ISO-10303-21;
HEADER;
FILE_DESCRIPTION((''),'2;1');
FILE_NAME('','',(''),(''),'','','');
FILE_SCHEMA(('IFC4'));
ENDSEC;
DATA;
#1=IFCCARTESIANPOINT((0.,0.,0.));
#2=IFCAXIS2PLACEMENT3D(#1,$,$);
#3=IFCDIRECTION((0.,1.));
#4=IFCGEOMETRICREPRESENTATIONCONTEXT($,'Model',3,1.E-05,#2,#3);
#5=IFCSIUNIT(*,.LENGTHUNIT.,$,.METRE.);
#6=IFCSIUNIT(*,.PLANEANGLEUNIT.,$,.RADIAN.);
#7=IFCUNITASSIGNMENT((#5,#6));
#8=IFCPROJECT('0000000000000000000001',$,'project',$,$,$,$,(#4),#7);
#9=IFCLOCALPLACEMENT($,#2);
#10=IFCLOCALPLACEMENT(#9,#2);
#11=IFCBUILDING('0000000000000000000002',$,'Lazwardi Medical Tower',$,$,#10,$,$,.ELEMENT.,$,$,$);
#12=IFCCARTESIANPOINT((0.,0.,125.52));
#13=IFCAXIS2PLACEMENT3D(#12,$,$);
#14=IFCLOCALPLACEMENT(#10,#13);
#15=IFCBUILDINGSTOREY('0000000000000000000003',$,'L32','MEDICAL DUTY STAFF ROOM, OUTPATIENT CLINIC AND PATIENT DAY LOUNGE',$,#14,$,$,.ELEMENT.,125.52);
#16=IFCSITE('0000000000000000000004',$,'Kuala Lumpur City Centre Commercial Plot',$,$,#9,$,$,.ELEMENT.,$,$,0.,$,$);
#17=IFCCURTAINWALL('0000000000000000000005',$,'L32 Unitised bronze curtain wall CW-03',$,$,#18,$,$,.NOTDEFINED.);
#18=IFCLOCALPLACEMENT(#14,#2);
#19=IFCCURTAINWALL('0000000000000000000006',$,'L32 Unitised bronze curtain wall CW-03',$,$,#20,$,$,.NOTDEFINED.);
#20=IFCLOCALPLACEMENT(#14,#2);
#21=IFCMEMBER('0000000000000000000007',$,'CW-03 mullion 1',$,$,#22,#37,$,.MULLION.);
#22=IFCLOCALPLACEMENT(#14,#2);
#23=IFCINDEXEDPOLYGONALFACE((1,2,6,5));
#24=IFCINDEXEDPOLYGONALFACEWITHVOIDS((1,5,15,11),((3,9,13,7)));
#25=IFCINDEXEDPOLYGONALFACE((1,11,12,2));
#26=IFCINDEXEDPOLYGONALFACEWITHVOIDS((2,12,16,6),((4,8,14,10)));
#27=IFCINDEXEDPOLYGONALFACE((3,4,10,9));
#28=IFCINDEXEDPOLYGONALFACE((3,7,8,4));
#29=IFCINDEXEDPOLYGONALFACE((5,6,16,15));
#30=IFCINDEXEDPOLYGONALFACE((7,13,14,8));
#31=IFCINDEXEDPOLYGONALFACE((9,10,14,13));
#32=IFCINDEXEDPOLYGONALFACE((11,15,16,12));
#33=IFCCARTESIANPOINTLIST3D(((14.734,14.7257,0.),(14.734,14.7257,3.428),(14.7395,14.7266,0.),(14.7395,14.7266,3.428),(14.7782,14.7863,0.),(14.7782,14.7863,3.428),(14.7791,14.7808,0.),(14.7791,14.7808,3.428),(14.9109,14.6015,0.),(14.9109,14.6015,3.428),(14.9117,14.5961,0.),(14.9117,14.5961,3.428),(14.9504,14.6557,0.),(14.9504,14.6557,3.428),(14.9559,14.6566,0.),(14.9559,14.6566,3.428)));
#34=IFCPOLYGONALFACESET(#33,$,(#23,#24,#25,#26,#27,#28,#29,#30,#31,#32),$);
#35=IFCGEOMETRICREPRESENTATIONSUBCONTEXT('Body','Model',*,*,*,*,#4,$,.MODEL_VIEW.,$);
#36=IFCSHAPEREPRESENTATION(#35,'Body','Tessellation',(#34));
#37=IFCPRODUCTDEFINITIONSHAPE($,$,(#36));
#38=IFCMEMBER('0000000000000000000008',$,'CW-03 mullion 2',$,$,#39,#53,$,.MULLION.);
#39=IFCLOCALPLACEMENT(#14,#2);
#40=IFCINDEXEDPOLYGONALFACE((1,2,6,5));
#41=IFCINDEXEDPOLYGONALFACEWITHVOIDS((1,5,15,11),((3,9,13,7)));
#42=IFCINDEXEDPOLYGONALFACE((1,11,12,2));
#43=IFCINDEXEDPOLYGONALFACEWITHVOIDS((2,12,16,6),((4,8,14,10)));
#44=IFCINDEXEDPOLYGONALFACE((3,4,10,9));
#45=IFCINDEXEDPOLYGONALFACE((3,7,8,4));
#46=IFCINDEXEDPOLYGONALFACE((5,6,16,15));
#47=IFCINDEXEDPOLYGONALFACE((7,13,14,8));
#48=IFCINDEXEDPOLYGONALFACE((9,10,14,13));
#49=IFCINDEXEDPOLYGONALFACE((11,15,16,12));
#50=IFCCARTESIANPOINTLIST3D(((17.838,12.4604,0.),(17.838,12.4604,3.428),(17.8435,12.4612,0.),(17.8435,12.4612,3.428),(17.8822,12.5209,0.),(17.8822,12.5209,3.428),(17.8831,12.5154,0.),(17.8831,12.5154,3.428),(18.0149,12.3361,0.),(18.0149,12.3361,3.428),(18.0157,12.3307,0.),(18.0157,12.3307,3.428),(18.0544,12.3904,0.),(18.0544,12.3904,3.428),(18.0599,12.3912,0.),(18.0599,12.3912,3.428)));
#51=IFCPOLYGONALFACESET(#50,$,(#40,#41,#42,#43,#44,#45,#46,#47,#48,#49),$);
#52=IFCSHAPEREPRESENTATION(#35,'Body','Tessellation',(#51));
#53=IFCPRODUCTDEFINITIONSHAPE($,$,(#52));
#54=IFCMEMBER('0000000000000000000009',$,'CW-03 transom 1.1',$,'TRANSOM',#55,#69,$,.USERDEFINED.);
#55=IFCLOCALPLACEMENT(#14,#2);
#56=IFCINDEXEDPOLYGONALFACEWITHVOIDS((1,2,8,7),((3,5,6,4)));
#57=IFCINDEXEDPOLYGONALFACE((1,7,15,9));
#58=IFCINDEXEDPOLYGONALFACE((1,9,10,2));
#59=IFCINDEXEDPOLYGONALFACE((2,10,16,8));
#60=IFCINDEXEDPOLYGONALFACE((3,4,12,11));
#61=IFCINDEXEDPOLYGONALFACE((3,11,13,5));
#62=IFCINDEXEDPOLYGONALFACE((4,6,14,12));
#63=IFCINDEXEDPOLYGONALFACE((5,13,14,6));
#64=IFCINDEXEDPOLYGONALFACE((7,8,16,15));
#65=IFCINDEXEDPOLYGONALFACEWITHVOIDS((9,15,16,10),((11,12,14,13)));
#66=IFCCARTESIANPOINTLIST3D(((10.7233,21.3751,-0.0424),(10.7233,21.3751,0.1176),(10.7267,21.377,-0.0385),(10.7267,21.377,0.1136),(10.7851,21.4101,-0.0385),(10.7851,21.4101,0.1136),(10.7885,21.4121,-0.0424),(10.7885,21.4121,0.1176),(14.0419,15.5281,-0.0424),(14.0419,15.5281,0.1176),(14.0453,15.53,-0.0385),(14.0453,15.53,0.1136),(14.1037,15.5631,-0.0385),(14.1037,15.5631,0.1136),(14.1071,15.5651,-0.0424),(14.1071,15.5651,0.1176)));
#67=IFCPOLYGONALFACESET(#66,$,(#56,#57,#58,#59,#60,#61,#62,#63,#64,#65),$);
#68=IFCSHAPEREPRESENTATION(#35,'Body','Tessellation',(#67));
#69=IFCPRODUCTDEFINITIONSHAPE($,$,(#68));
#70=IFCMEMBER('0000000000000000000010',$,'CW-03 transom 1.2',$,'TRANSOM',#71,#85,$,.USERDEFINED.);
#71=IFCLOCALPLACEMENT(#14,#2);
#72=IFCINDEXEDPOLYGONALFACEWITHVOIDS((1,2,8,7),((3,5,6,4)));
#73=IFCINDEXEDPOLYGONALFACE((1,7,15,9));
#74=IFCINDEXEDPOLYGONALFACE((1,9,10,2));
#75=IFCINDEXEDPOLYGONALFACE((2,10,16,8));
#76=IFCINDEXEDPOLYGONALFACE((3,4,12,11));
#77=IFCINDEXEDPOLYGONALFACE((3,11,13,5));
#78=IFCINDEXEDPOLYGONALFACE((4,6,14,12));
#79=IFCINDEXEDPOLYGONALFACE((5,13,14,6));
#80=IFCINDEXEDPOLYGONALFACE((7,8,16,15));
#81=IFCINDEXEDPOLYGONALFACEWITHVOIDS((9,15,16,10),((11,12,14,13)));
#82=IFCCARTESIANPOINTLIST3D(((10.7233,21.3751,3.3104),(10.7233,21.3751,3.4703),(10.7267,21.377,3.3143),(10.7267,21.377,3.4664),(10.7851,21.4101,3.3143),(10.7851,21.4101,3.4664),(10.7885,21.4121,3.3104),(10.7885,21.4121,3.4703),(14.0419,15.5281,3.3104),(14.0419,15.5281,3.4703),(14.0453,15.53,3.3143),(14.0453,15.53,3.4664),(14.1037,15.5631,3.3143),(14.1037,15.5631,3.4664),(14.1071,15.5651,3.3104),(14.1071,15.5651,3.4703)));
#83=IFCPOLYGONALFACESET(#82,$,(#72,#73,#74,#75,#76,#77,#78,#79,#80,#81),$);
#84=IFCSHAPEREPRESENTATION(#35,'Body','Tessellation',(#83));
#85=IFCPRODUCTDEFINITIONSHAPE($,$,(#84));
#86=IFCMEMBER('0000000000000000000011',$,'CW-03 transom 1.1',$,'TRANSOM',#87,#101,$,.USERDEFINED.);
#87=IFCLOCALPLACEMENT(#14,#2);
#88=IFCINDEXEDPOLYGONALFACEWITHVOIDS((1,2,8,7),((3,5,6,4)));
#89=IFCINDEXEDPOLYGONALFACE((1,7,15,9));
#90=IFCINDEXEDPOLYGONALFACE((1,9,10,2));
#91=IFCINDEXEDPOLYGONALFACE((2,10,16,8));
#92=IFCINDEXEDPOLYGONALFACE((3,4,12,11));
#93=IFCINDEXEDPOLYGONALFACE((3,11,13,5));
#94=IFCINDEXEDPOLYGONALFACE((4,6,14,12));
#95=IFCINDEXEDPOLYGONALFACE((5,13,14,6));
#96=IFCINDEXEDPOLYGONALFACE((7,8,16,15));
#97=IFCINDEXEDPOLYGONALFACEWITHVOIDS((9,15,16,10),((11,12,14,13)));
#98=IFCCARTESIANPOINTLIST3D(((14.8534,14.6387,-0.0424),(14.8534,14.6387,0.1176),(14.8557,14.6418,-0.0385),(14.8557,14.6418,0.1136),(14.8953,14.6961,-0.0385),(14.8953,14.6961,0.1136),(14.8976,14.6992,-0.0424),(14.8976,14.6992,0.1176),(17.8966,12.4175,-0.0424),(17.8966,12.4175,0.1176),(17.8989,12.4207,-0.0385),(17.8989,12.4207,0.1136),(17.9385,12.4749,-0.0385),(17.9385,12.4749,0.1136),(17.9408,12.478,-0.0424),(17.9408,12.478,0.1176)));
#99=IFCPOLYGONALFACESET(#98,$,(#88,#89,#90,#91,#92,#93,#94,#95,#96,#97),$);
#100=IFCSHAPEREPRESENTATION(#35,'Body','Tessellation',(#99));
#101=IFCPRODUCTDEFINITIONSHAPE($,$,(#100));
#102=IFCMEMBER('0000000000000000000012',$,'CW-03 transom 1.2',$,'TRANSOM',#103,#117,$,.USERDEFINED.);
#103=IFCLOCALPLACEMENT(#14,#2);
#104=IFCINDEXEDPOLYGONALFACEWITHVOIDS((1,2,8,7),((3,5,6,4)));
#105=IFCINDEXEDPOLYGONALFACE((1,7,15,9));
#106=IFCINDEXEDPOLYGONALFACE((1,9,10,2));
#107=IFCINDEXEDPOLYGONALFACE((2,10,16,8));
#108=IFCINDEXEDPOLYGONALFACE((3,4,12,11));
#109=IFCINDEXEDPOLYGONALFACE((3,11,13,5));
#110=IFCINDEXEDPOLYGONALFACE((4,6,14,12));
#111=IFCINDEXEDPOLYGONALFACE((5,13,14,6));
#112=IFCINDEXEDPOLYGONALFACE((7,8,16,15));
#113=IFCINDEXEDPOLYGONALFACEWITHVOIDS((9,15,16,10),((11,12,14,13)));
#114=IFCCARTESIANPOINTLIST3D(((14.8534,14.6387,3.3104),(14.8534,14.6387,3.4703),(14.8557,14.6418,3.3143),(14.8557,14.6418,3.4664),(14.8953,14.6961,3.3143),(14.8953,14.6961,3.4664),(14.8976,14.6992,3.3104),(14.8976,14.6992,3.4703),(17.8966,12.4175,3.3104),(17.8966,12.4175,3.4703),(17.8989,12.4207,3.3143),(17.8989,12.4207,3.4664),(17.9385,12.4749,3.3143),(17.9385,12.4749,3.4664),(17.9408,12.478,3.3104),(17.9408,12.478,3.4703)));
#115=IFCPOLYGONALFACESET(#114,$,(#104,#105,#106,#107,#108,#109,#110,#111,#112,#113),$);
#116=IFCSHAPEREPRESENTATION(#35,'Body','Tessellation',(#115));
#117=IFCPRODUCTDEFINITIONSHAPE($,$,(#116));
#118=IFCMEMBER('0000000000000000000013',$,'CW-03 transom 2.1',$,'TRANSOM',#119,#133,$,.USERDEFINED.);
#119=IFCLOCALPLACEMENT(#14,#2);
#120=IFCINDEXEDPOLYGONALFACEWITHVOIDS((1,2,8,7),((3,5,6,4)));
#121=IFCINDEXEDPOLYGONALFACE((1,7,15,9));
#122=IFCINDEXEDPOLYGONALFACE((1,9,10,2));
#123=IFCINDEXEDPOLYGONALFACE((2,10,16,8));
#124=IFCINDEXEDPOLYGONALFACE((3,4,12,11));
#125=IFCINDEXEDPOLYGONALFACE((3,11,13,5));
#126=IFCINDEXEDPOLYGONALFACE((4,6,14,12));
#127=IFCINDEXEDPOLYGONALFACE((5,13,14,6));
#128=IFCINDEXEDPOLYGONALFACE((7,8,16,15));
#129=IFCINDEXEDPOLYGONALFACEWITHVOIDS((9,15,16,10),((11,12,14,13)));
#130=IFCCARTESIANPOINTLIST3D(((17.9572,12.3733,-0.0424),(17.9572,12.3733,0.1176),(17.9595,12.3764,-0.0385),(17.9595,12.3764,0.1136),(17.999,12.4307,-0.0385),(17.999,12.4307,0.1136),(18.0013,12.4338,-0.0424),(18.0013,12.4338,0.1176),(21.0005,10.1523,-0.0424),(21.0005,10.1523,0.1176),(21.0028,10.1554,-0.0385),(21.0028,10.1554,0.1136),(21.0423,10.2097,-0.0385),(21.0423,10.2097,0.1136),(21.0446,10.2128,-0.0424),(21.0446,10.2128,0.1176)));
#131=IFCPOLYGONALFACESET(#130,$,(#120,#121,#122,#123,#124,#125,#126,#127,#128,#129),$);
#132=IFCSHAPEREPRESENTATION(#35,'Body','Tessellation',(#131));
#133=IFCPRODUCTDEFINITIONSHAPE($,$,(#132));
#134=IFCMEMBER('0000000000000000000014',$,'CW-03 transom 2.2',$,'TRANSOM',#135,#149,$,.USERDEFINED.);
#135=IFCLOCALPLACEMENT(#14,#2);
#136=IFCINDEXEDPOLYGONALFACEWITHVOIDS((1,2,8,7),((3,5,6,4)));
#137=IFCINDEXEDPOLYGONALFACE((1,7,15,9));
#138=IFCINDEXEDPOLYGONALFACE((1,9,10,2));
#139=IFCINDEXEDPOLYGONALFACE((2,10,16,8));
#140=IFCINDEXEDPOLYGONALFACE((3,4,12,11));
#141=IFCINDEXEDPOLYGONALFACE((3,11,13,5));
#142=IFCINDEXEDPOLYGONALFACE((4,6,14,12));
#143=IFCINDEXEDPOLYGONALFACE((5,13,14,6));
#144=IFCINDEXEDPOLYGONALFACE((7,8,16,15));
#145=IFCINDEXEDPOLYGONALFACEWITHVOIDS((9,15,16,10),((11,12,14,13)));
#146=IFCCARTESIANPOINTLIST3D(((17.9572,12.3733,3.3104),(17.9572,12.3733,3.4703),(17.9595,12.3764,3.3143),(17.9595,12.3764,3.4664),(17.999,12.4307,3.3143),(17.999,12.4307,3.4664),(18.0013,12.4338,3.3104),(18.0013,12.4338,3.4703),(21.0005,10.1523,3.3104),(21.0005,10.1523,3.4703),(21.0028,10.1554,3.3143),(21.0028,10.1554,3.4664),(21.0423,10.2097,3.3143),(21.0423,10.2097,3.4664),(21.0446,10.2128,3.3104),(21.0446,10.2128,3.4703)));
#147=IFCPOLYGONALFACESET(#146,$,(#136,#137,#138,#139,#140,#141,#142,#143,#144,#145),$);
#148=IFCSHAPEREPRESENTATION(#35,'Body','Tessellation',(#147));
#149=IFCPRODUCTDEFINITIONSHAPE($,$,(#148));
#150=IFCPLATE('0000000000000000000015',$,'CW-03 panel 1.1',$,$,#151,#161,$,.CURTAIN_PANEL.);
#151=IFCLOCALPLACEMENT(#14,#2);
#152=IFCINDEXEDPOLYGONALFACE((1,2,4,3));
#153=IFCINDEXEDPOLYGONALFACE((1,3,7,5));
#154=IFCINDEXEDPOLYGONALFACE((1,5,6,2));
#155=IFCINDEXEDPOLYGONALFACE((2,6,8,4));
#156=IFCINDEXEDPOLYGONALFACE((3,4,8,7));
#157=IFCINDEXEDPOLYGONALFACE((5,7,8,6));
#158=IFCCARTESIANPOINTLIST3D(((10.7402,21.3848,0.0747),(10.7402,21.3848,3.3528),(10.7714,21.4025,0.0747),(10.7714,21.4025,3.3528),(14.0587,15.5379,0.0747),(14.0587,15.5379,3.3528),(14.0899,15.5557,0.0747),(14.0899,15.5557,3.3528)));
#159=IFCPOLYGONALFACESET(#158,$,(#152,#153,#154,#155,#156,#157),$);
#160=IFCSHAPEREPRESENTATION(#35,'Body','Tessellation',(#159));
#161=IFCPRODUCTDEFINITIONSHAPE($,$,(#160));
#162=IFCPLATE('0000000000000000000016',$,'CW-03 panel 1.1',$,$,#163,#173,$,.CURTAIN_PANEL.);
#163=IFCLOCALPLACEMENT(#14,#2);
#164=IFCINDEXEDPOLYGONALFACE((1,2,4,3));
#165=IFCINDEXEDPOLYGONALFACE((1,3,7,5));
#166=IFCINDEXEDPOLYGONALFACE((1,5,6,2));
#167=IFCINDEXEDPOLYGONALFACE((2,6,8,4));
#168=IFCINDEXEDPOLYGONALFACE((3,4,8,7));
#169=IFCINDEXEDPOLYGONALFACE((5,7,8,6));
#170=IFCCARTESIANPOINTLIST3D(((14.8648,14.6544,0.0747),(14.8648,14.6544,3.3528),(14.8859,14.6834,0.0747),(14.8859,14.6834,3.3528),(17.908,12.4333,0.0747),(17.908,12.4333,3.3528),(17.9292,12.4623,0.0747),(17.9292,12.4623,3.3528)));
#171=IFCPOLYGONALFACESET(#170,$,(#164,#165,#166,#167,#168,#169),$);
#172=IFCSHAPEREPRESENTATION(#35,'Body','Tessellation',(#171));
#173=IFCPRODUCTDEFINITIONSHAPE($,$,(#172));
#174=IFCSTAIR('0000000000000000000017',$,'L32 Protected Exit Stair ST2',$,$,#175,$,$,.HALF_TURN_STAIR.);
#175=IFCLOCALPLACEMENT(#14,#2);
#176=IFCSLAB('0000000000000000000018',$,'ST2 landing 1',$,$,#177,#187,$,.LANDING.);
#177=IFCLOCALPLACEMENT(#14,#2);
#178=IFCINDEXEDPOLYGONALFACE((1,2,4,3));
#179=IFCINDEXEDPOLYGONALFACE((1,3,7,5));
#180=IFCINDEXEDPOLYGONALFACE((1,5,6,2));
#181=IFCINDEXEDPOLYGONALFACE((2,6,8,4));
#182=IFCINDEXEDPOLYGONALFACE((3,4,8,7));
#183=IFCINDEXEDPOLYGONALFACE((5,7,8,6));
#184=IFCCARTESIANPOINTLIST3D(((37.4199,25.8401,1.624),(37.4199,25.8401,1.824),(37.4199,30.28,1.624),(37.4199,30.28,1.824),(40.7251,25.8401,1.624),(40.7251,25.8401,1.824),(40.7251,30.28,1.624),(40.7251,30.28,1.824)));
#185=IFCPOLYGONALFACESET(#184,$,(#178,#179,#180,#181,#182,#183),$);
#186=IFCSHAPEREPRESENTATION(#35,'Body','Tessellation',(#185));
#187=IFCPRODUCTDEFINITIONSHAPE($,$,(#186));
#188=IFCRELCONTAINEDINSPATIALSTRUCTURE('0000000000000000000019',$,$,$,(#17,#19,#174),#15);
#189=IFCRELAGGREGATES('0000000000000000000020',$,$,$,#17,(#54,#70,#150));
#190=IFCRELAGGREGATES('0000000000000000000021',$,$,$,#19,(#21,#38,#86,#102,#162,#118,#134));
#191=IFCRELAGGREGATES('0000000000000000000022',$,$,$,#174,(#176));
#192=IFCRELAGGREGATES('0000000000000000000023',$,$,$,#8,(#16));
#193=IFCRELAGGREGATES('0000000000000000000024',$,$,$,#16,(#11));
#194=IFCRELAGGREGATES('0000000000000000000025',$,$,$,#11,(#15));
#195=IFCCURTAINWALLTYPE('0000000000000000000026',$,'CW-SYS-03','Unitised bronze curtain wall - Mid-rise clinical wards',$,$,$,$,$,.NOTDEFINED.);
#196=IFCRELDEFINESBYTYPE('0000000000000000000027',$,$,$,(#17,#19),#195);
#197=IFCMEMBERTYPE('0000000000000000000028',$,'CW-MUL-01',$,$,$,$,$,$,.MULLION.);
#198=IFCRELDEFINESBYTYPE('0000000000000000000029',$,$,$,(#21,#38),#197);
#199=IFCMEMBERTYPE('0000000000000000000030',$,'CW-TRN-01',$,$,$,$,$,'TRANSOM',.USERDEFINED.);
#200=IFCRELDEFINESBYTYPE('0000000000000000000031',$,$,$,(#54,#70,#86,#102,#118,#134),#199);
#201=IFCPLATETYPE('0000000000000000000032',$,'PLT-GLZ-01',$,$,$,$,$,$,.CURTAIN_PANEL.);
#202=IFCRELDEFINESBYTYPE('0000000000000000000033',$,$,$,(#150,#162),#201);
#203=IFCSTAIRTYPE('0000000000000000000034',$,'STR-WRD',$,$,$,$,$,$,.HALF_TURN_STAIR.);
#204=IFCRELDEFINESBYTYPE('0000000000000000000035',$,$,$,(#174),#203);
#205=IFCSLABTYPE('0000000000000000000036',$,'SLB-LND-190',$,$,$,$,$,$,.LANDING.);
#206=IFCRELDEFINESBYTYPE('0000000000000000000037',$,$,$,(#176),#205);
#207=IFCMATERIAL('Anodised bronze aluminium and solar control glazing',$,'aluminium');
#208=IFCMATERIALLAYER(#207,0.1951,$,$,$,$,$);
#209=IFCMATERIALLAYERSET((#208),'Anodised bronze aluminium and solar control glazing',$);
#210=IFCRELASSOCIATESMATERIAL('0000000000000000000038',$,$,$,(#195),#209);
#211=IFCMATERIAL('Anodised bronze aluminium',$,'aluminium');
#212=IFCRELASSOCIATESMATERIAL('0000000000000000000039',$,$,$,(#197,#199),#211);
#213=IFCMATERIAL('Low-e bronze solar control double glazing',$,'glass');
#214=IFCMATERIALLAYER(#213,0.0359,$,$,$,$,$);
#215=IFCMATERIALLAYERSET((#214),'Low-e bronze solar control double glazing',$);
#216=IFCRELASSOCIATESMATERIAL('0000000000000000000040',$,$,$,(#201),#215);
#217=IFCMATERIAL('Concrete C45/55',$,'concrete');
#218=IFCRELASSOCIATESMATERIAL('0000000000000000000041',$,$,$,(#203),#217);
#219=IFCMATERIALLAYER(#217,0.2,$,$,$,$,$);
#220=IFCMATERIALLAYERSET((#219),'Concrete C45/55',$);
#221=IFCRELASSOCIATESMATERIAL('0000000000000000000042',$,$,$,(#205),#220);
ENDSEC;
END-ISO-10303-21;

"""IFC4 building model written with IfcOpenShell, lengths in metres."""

from ifc_helpers import new_model, si_unit, direction, frame, origin, origin_2d, place, context, subcontext, project, spatial, polyline, rectangle, hollow_rectangle, outline, extrude, material, layer, layer_set, material_profile, profile_set, type_object, element, aggregate, save


model = new_model("IFC4")

# Units and contexts
model_context = context("Model", 3, precision=1e-05, world=origin(), true_north=direction((0.0, 1.0)))
body_context = subcontext(model_context, "Body", "Model", "MODEL_VIEW")
ifc_project = project(units=[si_unit("LENGTHUNIT", "METRE"), si_unit("PLANEANGLEUNIT", "RADIAN")], contexts=[model_context])

# Site, building, storey
site_placement = place(None, origin())
site = spatial("IfcSite", under=ifc_project, at=site_placement, Name="Kuala Lumpur City Centre Commercial Plot", CompositionType="ELEMENT", RefElevation=0.0)
building_placement = place(site_placement, origin())
building = spatial("IfcBuilding", under=site, at=building_placement, Name="Lazwardi Medical Tower", CompositionType="ELEMENT")
storey_placement = place(building_placement, frame((0.0, 0.0, 125.52)))
storey = spatial("IfcBuildingStorey", under=building, at=storey_placement, Name="L32", Description="MEDICAL DUTY STAFF ROOM, OUTPATIENT CLINIC AND PATIENT DAY LOUNGE", CompositionType="ELEMENT", Elevation=125.52)

# Curtain walls, members
ifc_material_1 = material(Name="Anodised bronze aluminium and solar control glazing", Category="aluminium")
ifc_layer_1 = layer(ifc_material_1, 0.1951)
ifc_layer_set_1 = layer_set([ifc_layer_1], Name="Anodised bronze aluminium and solar control glazing")
curtain_wall_type = type_object("IfcCurtainWallType", Name="CW-SYS-03", Description="Unitised bronze curtain wall - Mid-rise clinical wards", PredefinedType="NOTDEFINED", material=ifc_layer_set_1)
curtain_wall_1_placement = place(storey_placement, origin())
curtain_wall_1 = element("IfcCurtainWall", 1, at=curtain_wall_1_placement, inside=storey, type_object=curtain_wall_type, Name="L32 Unitised bronze curtain wall CW-03", PredefinedType="NOTDEFINED")
ifc_material_2 = material(Name="Anodised bronze aluminium", Category="aluminium")
ifc_material_profile_1 = material_profile(ifc_material_2, hollow_rectangle(XDim=0.075, YDim=0.22, WallThickness=0.0039, at=origin_2d()), Name="ALU-MULLION 220x75x4")
ifc_profile_set_1 = profile_set([ifc_material_profile_1], Name="Anodised bronze aluminium")
member_type_1 = type_object("IfcMemberType", Name="CW-MUL-01", PredefinedType="MULLION", material=ifc_profile_set_1)
curtain_wall_2_placement = place(storey_placement, origin())
curtain_wall_2 = element("IfcCurtainWall", 2, at=curtain_wall_2_placement, inside=storey, type_object=curtain_wall_type, Name="L32 Unitised bronze curtain wall CW-03", PredefinedType="NOTDEFINED")
member_1_placement = place(storey_placement, frame((14.845, 14.6912, 0.0), z_axis=(0.0, 0.0, 1.0), x_axis=(0.589531, 0.807746, 0.0)))
member_1 = element("IfcMember", 3, at=member_1_placement, type_object=member_type_1, Name="CW-03 mullion 1", PredefinedType="MULLION", context=body_context, shape_type="SweptSolid", body=[
    extrude(hollow_rectangle(XDim=0.075, YDim=0.22, WallThickness=0.0039, at=origin_2d()), origin(), (0.0, 0.0, 1.0), 3.428),
])
member_2_placement = place(storey_placement, frame((17.949, 12.4258, 0.0), z_axis=(0.0, 0.0, 1.0), x_axis=(0.589531, 0.807746, 0.0)))
member_2 = element("IfcMember", 4, at=member_2_placement, type_object=member_type_1, Name="CW-03 mullion 2", PredefinedType="MULLION", context=body_context, shape_type="SweptSolid", body=[
    extrude(hollow_rectangle(XDim=0.075, YDim=0.22, WallThickness=0.0039, at=origin_2d()), origin(), (0.0, 0.0, 1.0), 3.428),
])

# Members
ifc_material_profile_2 = material_profile(ifc_material_2, hollow_rectangle(XDim=0.075, YDim=0.1599, WallThickness=0.0039, at=origin_2d()), Name="ALU-TRANSOM 160x75x4")
ifc_profile_set_2 = profile_set([ifc_material_profile_2], Name="Anodised bronze aluminium")
member_type_2 = type_object("IfcMemberType", Name="CW-TRN-01", ElementType="TRANSOM", PredefinedType="USERDEFINED", material=ifc_profile_set_2)
member_3_placement = place(storey_placement, frame((10.7559, 21.3936, 0.0376), z_axis=(0.493614, -0.869681, 0.0), x_axis=(0.869681, 0.493614, 0.0)))
member_3 = element("IfcMember", 5, at=member_3_placement, type_object=member_type_2, Name="CW-03 transom 1.1", ObjectType="TRANSOM", PredefinedType="USERDEFINED", context=body_context, shape_type="SweptSolid", body=[
    extrude(hollow_rectangle(XDim=0.075, YDim=0.1599, WallThickness=0.0039, at=origin_2d()), origin(), (0.0, 0.0, 1.0), 6.7231),
])
member_4_placement = place(storey_placement, frame((10.7559, 21.3936, 3.3904), z_axis=(0.493614, -0.869681, 0.0), x_axis=(0.869681, 0.493614, 0.0)))
member_4 = element("IfcMember", 6, at=member_4_placement, type_object=member_type_2, Name="CW-03 transom 1.2", ObjectType="TRANSOM", PredefinedType="USERDEFINED", context=body_context, shape_type="SweptSolid", body=[
    extrude(hollow_rectangle(XDim=0.075, YDim=0.1599, WallThickness=0.0039, at=origin_2d()), origin(), (0.0, 0.0, 1.0), 6.7231),
])
member_5_placement = place(storey_placement, frame((14.8755, 14.6689, 0.0376), z_axis=(0.807732, -0.58955, 0.0), x_axis=(0.58955, 0.807732, 0.0)))
member_5 = element("IfcMember", 7, at=member_5_placement, type_object=member_type_2, Name="CW-03 transom 1.1", ObjectType="TRANSOM", PredefinedType="USERDEFINED", context=body_context, shape_type="SweptSolid", body=[
    extrude(hollow_rectangle(XDim=0.075, YDim=0.1599, WallThickness=0.0039, at=origin_2d()), origin(), (0.0, 0.0, 1.0), 3.7676),
])
member_6_placement = place(storey_placement, frame((14.8755, 14.6689, 3.3904), z_axis=(0.807732, -0.58955, 0.0), x_axis=(0.58955, 0.807732, 0.0)))
member_6 = element("IfcMember", 8, at=member_6_placement, type_object=member_type_2, Name="CW-03 transom 1.2", ObjectType="TRANSOM", PredefinedType="USERDEFINED", context=body_context, shape_type="SweptSolid", body=[
    extrude(hollow_rectangle(XDim=0.075, YDim=0.1599, WallThickness=0.0039, at=origin_2d()), origin(), (0.0, 0.0, 1.0), 3.7676),
])
member_7_placement = place(storey_placement, frame((17.9792, 12.4036, 0.0376), z_axis=(0.807763, -0.589508, 0.0), x_axis=(0.589508, 0.807763, 0.0)))
member_7 = element("IfcMember", 9, at=member_7_placement, type_object=member_type_2, Name="CW-03 transom 2.1", ObjectType="TRANSOM", PredefinedType="USERDEFINED", context=body_context, shape_type="SweptSolid", body=[
    extrude(hollow_rectangle(XDim=0.075, YDim=0.1599, WallThickness=0.0039, at=origin_2d()), origin(), (0.0, 0.0, 1.0), 3.7676),
])
member_8_placement = place(storey_placement, frame((17.9792, 12.4036, 3.3904), z_axis=(0.807763, -0.589508, 0.0), x_axis=(0.589508, 0.807763, 0.0)))
member_8 = element("IfcMember", 10, at=member_8_placement, type_object=member_type_2, Name="CW-03 transom 2.2", ObjectType="TRANSOM", PredefinedType="USERDEFINED", context=body_context, shape_type="SweptSolid", body=[
    extrude(hollow_rectangle(XDim=0.075, YDim=0.1599, WallThickness=0.0039, at=origin_2d()), origin(), (0.0, 0.0, 1.0), 3.7676),
])

# Plates
ifc_material_3 = material(Name="Low-e bronze solar control double glazing", Category="glass")
ifc_layer_2 = layer(ifc_material_3, 0.0359)
ifc_layer_set_2 = layer_set([ifc_layer_2], Name="Low-e bronze solar control double glazing")
plate_type = type_object("IfcPlateType", Name="PLT-GLZ-01", PredefinedType="CURTAIN_PANEL", material=ifc_layer_set_2)
plate_1_placement = place(storey_placement, frame((12.415, 18.4702, 0.0747), z_axis=(0.0, 0.0, 1.0), x_axis=(0.493603, -0.869687, 0.0)))
plate_1 = element("IfcPlate", 11, at=plate_1_placement, type_object=plate_type, Name="CW-03 panel 1.1", PredefinedType="CURTAIN_PANEL", context=body_context, shape_type="SweptSolid", body=[
    extrude(rectangle(XDim=6.7229, YDim=0.0359, at=origin_2d()), origin(), (0.0, 0.0, 1.0), 3.2781),
])
aggregate(curtain_wall_1, [member_3, member_4, plate_1])
plate_2_placement = place(storey_placement, frame((16.397, 13.5583, 0.0747), z_axis=(0.0, 0.0, 1.0), x_axis=(0.807746, -0.589531, 0.0)))
plate_2 = element("IfcPlate", 12, at=plate_2_placement, type_object=plate_type, Name="CW-03 panel 1.1", PredefinedType="CURTAIN_PANEL", context=body_context, shape_type="SweptSolid", body=[
    extrude(rectangle(XDim=3.7676, YDim=0.0359, at=origin_2d()), origin(), (0.0, 0.0, 1.0), 3.2781),
])
aggregate(curtain_wall_2, [member_1, member_2, member_5, member_6, plate_2, member_7, member_8])

# Stair, slab
ifc_material_4 = material(Name="Concrete C45/55", Category="concrete")
stair_type = type_object("IfcStairType", Name="STR-WRD", PredefinedType="HALF_TURN_STAIR", material=ifc_material_4)
stair_1_placement = place(storey_placement, origin())
stair_1 = element("IfcStair", 13, at=stair_1_placement, inside=storey, type_object=stair_type, Name="L32 Protected Exit Stair ST2", PredefinedType="HALF_TURN_STAIR")
ifc_layer_3 = layer(ifc_material_4, 0.2)
ifc_layer_set_3 = layer_set([ifc_layer_3], Name="Concrete C45/55")
slab_type = type_object("IfcSlabType", Name="SLB-LND-190", PredefinedType="LANDING", material=ifc_layer_set_3)
slab_1_placement = place(storey_placement, frame((0.0, 0.0, 1.624)))
slab_1 = element("IfcSlab", 14, at=slab_1_placement, type_object=slab_type, Name="ST2 landing 1", PredefinedType="LANDING", context=body_context, shape_type="SweptSolid", body=[
    extrude(outline(polyline([(40.7251, 30.28), (37.4199, 30.28), (37.4199, 25.8401), (40.7251, 25.8401), (40.7251, 30.28)])), origin(), (0.0, 0.0, 1.0), 0.2),
])
aggregate(stair_1, [slab_1])

save(model, "model.ifc")
